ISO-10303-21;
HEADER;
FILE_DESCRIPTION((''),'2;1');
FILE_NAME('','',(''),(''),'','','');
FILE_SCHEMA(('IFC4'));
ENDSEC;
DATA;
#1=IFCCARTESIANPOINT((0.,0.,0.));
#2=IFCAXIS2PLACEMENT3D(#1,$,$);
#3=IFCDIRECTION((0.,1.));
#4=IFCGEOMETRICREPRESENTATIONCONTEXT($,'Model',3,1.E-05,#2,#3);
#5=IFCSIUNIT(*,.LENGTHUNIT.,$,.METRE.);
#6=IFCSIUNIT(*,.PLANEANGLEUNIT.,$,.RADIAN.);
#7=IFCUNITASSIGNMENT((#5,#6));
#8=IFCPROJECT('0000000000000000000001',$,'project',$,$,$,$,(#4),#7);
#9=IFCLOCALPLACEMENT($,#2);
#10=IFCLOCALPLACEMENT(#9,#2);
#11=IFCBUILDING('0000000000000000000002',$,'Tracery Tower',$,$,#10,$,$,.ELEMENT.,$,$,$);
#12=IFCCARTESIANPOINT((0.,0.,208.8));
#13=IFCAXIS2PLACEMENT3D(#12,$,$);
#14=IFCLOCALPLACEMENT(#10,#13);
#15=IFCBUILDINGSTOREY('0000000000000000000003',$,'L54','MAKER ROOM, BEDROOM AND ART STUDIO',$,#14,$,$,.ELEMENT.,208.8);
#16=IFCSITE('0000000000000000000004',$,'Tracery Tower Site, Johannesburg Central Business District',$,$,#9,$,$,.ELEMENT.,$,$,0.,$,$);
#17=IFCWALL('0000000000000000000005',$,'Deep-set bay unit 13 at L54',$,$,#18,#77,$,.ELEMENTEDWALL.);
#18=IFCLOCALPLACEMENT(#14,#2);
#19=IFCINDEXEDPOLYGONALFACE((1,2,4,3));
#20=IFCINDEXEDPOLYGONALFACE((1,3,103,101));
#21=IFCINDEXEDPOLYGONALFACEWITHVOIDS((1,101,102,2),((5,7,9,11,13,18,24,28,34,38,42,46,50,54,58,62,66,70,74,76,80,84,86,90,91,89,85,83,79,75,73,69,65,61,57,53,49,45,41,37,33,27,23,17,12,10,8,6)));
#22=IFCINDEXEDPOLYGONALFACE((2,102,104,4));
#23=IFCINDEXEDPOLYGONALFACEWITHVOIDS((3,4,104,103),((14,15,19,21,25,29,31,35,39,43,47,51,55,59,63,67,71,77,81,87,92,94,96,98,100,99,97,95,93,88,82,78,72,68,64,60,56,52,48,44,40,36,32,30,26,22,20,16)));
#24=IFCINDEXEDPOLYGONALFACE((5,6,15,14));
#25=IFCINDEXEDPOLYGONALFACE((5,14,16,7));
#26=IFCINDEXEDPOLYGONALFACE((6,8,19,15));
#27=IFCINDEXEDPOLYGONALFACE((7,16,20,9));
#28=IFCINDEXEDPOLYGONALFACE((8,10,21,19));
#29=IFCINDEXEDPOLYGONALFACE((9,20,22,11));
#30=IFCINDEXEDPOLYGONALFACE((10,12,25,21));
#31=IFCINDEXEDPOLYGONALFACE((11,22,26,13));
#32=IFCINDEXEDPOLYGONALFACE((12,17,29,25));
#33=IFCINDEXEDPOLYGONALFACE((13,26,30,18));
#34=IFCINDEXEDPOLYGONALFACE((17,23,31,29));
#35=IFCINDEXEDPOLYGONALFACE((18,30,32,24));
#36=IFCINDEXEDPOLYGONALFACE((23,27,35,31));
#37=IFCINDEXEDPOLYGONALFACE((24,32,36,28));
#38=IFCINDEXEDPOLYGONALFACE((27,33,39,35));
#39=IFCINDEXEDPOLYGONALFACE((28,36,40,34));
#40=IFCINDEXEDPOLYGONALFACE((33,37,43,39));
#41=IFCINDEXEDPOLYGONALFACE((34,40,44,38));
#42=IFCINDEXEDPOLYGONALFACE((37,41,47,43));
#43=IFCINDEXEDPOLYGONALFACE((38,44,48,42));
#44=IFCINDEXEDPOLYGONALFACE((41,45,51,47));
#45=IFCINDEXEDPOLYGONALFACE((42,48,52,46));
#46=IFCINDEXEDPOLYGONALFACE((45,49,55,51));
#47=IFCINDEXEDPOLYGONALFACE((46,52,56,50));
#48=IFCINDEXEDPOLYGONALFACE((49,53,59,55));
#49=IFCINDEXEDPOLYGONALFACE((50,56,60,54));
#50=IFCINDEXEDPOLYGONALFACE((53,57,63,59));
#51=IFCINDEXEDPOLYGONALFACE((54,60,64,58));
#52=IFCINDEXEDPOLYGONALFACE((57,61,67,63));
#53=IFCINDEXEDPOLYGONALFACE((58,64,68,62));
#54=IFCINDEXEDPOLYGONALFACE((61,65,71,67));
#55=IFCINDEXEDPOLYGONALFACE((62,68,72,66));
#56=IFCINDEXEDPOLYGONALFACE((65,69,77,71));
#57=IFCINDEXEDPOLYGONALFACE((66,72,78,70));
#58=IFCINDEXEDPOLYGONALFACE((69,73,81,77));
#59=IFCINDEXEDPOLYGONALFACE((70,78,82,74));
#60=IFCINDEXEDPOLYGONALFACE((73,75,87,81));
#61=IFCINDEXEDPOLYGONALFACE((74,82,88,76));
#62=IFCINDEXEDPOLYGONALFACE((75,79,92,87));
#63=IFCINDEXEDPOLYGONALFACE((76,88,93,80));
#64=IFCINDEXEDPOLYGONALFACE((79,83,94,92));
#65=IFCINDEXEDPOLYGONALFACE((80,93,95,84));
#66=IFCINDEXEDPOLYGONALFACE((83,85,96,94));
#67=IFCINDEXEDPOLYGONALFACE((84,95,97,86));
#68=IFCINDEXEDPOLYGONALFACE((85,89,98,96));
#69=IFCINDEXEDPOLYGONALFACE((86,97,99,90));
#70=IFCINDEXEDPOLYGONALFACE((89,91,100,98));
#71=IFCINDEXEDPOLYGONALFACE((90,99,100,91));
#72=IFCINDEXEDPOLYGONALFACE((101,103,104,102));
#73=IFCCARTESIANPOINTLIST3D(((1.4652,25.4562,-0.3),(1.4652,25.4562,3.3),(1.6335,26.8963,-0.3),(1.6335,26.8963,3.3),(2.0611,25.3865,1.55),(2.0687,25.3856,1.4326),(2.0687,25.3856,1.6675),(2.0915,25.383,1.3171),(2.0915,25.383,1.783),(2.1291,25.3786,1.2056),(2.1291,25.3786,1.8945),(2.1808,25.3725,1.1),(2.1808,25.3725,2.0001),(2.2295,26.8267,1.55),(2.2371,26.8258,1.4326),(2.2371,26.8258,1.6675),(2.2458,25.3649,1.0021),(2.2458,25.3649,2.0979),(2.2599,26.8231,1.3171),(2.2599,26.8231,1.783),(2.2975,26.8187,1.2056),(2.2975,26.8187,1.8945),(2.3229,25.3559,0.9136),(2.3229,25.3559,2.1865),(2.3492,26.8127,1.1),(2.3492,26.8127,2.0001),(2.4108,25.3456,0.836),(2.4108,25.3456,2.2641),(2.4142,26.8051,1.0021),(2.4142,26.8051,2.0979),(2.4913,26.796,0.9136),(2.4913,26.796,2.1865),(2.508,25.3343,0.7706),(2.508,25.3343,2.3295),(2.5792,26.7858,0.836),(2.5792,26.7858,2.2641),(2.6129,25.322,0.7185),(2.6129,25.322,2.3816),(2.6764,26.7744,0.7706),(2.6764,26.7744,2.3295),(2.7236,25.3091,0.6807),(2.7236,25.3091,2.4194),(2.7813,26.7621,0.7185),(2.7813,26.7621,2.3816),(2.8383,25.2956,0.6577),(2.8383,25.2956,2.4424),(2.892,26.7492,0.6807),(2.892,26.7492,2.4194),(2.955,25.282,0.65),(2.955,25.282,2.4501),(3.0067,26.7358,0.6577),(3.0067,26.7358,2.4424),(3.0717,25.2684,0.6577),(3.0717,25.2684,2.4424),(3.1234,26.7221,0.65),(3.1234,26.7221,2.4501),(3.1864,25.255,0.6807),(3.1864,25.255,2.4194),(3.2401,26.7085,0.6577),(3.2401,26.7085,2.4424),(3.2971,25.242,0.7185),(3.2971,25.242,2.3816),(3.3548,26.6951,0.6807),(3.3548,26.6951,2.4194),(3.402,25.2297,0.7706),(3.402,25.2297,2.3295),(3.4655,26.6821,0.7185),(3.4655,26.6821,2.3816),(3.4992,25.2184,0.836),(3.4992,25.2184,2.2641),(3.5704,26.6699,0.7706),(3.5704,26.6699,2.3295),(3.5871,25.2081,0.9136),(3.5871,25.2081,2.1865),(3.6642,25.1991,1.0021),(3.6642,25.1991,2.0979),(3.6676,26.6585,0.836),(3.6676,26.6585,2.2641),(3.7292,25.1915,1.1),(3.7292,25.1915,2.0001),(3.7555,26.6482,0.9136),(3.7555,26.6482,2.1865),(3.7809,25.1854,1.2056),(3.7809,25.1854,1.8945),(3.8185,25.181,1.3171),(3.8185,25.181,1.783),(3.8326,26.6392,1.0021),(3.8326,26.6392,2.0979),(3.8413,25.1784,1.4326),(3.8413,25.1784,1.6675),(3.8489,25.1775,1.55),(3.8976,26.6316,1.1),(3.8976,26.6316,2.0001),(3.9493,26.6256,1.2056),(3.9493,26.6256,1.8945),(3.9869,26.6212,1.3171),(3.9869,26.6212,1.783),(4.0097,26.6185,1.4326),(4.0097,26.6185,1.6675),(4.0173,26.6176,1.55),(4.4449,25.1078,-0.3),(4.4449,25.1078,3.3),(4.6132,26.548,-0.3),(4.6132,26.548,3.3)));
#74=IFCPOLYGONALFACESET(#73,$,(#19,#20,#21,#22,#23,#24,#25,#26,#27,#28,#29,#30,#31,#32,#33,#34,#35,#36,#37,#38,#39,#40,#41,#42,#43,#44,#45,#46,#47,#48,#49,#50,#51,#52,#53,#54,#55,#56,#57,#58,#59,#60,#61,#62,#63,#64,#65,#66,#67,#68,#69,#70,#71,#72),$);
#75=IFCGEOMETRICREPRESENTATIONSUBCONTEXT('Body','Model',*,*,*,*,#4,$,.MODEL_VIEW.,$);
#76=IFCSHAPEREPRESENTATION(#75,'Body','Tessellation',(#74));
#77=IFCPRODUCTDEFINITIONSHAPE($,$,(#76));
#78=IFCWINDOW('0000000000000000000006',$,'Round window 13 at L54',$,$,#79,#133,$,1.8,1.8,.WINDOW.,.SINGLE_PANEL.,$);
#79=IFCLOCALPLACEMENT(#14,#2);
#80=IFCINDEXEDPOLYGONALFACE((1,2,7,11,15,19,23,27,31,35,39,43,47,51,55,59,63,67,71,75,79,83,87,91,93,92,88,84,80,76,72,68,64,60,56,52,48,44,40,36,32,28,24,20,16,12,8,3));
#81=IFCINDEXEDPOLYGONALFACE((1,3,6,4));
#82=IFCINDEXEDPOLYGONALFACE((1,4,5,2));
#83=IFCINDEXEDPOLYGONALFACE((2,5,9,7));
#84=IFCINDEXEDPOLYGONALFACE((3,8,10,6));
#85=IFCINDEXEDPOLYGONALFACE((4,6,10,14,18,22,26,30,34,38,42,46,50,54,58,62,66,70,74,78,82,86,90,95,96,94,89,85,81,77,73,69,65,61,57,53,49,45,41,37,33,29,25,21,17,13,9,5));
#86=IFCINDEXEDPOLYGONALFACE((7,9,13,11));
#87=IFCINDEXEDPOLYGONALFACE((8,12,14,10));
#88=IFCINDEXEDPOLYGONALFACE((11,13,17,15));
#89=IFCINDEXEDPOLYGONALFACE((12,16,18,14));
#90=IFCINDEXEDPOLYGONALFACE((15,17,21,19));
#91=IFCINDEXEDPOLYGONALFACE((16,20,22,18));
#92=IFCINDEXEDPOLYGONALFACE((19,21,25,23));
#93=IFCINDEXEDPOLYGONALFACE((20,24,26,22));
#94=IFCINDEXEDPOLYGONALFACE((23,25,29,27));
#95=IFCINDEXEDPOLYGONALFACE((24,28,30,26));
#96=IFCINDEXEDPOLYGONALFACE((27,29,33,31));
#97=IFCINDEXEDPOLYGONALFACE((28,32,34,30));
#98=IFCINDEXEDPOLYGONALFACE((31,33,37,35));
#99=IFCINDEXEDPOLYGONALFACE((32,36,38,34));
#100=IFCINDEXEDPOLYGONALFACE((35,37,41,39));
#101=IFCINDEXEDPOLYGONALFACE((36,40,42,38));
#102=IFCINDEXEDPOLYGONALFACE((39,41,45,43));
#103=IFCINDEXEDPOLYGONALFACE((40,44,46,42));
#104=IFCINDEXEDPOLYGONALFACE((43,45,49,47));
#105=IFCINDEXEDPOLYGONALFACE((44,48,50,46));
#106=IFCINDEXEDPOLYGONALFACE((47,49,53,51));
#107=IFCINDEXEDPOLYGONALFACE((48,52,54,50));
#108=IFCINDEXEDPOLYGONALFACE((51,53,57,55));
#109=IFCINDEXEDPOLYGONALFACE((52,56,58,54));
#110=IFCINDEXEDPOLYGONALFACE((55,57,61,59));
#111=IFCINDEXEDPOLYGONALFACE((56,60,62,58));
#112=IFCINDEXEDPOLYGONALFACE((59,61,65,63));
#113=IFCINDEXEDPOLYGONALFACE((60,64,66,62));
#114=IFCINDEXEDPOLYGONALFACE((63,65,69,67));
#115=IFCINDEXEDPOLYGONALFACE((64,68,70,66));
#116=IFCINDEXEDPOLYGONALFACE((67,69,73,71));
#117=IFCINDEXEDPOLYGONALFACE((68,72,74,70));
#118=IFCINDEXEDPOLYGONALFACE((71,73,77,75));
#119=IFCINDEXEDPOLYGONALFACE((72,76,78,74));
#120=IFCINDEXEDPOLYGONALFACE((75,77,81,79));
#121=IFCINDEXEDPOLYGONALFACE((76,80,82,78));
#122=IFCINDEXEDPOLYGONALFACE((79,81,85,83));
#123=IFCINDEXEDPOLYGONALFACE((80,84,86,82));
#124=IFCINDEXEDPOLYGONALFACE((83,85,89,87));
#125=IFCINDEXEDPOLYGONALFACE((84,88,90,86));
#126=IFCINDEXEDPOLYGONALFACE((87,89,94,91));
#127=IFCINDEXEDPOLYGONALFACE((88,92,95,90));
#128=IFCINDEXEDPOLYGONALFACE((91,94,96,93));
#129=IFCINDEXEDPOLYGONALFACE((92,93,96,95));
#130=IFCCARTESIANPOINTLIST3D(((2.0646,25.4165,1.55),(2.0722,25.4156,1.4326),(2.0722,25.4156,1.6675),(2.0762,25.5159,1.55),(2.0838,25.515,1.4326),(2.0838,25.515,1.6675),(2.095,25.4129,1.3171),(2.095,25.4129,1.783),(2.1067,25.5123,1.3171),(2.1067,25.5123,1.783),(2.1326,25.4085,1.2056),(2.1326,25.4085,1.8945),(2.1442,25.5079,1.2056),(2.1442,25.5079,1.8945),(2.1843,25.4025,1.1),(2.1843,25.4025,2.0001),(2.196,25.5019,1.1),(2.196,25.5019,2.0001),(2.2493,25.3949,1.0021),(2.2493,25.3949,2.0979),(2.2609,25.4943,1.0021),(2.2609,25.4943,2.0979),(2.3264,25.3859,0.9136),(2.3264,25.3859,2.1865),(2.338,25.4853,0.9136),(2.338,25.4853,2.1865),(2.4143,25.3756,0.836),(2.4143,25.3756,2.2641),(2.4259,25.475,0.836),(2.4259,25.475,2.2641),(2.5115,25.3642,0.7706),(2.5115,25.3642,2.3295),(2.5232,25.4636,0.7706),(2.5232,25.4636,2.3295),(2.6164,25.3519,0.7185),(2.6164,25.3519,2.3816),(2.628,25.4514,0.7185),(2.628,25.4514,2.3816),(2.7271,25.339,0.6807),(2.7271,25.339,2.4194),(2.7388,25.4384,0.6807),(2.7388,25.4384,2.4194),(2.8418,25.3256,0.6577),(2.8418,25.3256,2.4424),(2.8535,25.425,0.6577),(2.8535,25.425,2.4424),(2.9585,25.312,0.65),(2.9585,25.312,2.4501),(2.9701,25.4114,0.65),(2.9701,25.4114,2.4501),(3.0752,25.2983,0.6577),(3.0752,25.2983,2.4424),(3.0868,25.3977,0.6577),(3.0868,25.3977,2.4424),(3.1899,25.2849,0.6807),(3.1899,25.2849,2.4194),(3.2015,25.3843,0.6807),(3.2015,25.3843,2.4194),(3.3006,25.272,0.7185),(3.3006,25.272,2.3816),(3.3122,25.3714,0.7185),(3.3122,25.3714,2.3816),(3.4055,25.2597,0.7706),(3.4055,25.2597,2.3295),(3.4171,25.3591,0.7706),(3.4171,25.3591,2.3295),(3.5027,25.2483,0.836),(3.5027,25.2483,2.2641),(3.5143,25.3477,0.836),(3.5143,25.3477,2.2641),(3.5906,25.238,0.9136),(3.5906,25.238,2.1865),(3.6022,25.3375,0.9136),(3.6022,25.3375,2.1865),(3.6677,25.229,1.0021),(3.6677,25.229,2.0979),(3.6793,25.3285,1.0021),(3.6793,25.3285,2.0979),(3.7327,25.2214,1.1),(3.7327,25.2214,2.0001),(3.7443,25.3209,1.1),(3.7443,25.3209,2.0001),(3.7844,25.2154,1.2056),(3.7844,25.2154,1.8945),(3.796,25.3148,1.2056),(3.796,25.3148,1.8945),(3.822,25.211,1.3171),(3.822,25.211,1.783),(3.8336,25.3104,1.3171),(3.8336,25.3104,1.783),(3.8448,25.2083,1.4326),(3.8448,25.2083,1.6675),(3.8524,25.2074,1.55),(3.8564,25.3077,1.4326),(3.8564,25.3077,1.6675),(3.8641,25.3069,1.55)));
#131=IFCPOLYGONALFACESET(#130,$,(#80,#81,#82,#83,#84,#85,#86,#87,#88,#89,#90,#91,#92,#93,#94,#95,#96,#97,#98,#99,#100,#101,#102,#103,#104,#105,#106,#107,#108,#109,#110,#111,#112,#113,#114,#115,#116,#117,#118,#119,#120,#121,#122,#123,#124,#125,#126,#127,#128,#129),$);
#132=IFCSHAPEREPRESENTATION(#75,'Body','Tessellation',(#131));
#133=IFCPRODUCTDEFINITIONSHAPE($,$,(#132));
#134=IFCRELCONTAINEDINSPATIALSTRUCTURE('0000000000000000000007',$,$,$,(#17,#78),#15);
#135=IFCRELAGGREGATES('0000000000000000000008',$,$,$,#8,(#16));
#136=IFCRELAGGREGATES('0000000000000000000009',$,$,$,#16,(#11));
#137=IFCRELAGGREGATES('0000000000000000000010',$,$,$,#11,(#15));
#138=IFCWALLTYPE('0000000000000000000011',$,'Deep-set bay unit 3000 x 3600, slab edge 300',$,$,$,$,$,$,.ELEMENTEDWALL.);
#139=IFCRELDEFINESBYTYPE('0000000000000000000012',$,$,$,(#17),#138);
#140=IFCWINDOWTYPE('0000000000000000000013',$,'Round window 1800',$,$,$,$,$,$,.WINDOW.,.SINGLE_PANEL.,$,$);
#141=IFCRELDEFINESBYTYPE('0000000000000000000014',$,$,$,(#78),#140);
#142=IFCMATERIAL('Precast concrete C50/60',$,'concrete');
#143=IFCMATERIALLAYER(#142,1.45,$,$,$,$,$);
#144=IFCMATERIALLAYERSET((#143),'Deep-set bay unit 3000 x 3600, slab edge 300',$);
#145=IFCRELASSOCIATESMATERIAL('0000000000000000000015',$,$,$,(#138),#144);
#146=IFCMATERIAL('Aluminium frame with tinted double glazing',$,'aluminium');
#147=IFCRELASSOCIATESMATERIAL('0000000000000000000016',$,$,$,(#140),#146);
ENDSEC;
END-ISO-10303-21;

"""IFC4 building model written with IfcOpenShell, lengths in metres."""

from ifc_helpers import new_model, si_unit, direction, frame, frame_2d, origin, origin_2d, place, context, subcontext, project, spatial, rectangle, circle, extrude, material, layer, layer_set, type_object, element, fill, save


model = new_model("IFC4")

# Units and contexts
model_context = context("Model", 3, precision=1e-05, world=origin(), true_north=direction((0.0, 1.0)))
body_context = subcontext(model_context, "Body", "Model", "MODEL_VIEW")
ifc_project = project(units=[si_unit("LENGTHUNIT", "METRE"), si_unit("PLANEANGLEUNIT", "RADIAN")], contexts=[model_context])

# Site, building, storey
site_placement = place(None, origin())
site = spatial("IfcSite", under=ifc_project, at=site_placement, Name="Tracery Tower Site, Johannesburg Central Business District", CompositionType="ELEMENT", RefElevation=0.0)
building_placement = place(site_placement, origin())
building = spatial("IfcBuilding", under=site, at=building_placement, Name="Tracery Tower", CompositionType="ELEMENT")
storey_placement = place(building_placement, frame((0.0, 0.0, 208.8)))
storey = spatial("IfcBuildingStorey", under=building, at=storey_placement, Name="L54", Description="MAKER ROOM, BEDROOM AND ART STUDIO", CompositionType="ELEMENT", Elevation=208.8)

# Wall, opening, window
ifc_material_1 = material(Name="Precast concrete C50/60", Category="concrete")
ifc_layer_1 = layer(ifc_material_1, 1.45)
ifc_layer_set_1 = layer_set([ifc_layer_1], Name="Deep-set bay unit 3000 x 3600, slab edge 300")
wall_type_1 = type_object("IfcWallType", Name="Deep-set bay unit 3000 x 3600, slab edge 300", PredefinedType="ELEMENTEDWALL", material=ifc_layer_set_1)
wall_1_placement = place(storey_placement, frame((4.5291, 25.8279, -0.3), z_axis=(0.0, 0.0, 1.0), x_axis=(-0.993234, 0.116128, 0.0)))
wall_1 = element("IfcWall", 1, at=wall_1_placement, inside=storey, type_object=wall_type_1, Name="Deep-set bay unit 13 at L54", PredefinedType="ELEMENTEDWALL", context=body_context, shape_type="SweptSolid", body=[
    extrude(rectangle(XDim=3.0, YDim=1.45, at=frame_2d((1.5, 0.0))), origin(), (0.0, 0.0, 1.0), 3.6001),
])
opening_1_placement = place(wall_1_placement, frame((1.5, 0.0, 1.8501)))
opening_1 = element("IfcOpeningElement", 2, at=opening_1_placement, cuts=wall_1, PredefinedType="OPENING", context=body_context, shape_type="SweptSolid", body=[
    extrude(circle(Radius=0.9, at=origin_2d()), frame((0.0, 0.7349, 0.0), z_axis=(0.0, -1.0, 0.0), x_axis=(1.0, 0.0, 0.0)), (0.0, 0.0, 1.0), 1.47),
])
ifc_material_2 = material(Name="Aluminium frame with tinted double glazing", Category="aluminium")
window_type = type_object("IfcWindowType", Name="Round window 1800", PartitioningType="SINGLE_PANEL", PredefinedType="WINDOW", material=ifc_material_2)
window_1_placement = place(opening_1_placement, origin())
window_1 = element("IfcWindow", 3, at=window_1_placement, inside=storey, type_object=window_type, Name="Round window 13 at L54", OverallHeight=1.8, OverallWidth=1.8, PartitioningType="SINGLE_PANEL", PredefinedType="WINDOW", context=body_context, shape_type="SweptSolid", body=[
    extrude(circle(Radius=0.9, at=origin_2d()), frame((0.0, 0.6948, 0.0), z_axis=(0.0, -1.0, 0.0), x_axis=(1.0, 0.0, 0.0)), (0.0, 0.0, 1.0), 0.1001),
])
fill(opening_1, window_1)

save(model, "model.ifc")
